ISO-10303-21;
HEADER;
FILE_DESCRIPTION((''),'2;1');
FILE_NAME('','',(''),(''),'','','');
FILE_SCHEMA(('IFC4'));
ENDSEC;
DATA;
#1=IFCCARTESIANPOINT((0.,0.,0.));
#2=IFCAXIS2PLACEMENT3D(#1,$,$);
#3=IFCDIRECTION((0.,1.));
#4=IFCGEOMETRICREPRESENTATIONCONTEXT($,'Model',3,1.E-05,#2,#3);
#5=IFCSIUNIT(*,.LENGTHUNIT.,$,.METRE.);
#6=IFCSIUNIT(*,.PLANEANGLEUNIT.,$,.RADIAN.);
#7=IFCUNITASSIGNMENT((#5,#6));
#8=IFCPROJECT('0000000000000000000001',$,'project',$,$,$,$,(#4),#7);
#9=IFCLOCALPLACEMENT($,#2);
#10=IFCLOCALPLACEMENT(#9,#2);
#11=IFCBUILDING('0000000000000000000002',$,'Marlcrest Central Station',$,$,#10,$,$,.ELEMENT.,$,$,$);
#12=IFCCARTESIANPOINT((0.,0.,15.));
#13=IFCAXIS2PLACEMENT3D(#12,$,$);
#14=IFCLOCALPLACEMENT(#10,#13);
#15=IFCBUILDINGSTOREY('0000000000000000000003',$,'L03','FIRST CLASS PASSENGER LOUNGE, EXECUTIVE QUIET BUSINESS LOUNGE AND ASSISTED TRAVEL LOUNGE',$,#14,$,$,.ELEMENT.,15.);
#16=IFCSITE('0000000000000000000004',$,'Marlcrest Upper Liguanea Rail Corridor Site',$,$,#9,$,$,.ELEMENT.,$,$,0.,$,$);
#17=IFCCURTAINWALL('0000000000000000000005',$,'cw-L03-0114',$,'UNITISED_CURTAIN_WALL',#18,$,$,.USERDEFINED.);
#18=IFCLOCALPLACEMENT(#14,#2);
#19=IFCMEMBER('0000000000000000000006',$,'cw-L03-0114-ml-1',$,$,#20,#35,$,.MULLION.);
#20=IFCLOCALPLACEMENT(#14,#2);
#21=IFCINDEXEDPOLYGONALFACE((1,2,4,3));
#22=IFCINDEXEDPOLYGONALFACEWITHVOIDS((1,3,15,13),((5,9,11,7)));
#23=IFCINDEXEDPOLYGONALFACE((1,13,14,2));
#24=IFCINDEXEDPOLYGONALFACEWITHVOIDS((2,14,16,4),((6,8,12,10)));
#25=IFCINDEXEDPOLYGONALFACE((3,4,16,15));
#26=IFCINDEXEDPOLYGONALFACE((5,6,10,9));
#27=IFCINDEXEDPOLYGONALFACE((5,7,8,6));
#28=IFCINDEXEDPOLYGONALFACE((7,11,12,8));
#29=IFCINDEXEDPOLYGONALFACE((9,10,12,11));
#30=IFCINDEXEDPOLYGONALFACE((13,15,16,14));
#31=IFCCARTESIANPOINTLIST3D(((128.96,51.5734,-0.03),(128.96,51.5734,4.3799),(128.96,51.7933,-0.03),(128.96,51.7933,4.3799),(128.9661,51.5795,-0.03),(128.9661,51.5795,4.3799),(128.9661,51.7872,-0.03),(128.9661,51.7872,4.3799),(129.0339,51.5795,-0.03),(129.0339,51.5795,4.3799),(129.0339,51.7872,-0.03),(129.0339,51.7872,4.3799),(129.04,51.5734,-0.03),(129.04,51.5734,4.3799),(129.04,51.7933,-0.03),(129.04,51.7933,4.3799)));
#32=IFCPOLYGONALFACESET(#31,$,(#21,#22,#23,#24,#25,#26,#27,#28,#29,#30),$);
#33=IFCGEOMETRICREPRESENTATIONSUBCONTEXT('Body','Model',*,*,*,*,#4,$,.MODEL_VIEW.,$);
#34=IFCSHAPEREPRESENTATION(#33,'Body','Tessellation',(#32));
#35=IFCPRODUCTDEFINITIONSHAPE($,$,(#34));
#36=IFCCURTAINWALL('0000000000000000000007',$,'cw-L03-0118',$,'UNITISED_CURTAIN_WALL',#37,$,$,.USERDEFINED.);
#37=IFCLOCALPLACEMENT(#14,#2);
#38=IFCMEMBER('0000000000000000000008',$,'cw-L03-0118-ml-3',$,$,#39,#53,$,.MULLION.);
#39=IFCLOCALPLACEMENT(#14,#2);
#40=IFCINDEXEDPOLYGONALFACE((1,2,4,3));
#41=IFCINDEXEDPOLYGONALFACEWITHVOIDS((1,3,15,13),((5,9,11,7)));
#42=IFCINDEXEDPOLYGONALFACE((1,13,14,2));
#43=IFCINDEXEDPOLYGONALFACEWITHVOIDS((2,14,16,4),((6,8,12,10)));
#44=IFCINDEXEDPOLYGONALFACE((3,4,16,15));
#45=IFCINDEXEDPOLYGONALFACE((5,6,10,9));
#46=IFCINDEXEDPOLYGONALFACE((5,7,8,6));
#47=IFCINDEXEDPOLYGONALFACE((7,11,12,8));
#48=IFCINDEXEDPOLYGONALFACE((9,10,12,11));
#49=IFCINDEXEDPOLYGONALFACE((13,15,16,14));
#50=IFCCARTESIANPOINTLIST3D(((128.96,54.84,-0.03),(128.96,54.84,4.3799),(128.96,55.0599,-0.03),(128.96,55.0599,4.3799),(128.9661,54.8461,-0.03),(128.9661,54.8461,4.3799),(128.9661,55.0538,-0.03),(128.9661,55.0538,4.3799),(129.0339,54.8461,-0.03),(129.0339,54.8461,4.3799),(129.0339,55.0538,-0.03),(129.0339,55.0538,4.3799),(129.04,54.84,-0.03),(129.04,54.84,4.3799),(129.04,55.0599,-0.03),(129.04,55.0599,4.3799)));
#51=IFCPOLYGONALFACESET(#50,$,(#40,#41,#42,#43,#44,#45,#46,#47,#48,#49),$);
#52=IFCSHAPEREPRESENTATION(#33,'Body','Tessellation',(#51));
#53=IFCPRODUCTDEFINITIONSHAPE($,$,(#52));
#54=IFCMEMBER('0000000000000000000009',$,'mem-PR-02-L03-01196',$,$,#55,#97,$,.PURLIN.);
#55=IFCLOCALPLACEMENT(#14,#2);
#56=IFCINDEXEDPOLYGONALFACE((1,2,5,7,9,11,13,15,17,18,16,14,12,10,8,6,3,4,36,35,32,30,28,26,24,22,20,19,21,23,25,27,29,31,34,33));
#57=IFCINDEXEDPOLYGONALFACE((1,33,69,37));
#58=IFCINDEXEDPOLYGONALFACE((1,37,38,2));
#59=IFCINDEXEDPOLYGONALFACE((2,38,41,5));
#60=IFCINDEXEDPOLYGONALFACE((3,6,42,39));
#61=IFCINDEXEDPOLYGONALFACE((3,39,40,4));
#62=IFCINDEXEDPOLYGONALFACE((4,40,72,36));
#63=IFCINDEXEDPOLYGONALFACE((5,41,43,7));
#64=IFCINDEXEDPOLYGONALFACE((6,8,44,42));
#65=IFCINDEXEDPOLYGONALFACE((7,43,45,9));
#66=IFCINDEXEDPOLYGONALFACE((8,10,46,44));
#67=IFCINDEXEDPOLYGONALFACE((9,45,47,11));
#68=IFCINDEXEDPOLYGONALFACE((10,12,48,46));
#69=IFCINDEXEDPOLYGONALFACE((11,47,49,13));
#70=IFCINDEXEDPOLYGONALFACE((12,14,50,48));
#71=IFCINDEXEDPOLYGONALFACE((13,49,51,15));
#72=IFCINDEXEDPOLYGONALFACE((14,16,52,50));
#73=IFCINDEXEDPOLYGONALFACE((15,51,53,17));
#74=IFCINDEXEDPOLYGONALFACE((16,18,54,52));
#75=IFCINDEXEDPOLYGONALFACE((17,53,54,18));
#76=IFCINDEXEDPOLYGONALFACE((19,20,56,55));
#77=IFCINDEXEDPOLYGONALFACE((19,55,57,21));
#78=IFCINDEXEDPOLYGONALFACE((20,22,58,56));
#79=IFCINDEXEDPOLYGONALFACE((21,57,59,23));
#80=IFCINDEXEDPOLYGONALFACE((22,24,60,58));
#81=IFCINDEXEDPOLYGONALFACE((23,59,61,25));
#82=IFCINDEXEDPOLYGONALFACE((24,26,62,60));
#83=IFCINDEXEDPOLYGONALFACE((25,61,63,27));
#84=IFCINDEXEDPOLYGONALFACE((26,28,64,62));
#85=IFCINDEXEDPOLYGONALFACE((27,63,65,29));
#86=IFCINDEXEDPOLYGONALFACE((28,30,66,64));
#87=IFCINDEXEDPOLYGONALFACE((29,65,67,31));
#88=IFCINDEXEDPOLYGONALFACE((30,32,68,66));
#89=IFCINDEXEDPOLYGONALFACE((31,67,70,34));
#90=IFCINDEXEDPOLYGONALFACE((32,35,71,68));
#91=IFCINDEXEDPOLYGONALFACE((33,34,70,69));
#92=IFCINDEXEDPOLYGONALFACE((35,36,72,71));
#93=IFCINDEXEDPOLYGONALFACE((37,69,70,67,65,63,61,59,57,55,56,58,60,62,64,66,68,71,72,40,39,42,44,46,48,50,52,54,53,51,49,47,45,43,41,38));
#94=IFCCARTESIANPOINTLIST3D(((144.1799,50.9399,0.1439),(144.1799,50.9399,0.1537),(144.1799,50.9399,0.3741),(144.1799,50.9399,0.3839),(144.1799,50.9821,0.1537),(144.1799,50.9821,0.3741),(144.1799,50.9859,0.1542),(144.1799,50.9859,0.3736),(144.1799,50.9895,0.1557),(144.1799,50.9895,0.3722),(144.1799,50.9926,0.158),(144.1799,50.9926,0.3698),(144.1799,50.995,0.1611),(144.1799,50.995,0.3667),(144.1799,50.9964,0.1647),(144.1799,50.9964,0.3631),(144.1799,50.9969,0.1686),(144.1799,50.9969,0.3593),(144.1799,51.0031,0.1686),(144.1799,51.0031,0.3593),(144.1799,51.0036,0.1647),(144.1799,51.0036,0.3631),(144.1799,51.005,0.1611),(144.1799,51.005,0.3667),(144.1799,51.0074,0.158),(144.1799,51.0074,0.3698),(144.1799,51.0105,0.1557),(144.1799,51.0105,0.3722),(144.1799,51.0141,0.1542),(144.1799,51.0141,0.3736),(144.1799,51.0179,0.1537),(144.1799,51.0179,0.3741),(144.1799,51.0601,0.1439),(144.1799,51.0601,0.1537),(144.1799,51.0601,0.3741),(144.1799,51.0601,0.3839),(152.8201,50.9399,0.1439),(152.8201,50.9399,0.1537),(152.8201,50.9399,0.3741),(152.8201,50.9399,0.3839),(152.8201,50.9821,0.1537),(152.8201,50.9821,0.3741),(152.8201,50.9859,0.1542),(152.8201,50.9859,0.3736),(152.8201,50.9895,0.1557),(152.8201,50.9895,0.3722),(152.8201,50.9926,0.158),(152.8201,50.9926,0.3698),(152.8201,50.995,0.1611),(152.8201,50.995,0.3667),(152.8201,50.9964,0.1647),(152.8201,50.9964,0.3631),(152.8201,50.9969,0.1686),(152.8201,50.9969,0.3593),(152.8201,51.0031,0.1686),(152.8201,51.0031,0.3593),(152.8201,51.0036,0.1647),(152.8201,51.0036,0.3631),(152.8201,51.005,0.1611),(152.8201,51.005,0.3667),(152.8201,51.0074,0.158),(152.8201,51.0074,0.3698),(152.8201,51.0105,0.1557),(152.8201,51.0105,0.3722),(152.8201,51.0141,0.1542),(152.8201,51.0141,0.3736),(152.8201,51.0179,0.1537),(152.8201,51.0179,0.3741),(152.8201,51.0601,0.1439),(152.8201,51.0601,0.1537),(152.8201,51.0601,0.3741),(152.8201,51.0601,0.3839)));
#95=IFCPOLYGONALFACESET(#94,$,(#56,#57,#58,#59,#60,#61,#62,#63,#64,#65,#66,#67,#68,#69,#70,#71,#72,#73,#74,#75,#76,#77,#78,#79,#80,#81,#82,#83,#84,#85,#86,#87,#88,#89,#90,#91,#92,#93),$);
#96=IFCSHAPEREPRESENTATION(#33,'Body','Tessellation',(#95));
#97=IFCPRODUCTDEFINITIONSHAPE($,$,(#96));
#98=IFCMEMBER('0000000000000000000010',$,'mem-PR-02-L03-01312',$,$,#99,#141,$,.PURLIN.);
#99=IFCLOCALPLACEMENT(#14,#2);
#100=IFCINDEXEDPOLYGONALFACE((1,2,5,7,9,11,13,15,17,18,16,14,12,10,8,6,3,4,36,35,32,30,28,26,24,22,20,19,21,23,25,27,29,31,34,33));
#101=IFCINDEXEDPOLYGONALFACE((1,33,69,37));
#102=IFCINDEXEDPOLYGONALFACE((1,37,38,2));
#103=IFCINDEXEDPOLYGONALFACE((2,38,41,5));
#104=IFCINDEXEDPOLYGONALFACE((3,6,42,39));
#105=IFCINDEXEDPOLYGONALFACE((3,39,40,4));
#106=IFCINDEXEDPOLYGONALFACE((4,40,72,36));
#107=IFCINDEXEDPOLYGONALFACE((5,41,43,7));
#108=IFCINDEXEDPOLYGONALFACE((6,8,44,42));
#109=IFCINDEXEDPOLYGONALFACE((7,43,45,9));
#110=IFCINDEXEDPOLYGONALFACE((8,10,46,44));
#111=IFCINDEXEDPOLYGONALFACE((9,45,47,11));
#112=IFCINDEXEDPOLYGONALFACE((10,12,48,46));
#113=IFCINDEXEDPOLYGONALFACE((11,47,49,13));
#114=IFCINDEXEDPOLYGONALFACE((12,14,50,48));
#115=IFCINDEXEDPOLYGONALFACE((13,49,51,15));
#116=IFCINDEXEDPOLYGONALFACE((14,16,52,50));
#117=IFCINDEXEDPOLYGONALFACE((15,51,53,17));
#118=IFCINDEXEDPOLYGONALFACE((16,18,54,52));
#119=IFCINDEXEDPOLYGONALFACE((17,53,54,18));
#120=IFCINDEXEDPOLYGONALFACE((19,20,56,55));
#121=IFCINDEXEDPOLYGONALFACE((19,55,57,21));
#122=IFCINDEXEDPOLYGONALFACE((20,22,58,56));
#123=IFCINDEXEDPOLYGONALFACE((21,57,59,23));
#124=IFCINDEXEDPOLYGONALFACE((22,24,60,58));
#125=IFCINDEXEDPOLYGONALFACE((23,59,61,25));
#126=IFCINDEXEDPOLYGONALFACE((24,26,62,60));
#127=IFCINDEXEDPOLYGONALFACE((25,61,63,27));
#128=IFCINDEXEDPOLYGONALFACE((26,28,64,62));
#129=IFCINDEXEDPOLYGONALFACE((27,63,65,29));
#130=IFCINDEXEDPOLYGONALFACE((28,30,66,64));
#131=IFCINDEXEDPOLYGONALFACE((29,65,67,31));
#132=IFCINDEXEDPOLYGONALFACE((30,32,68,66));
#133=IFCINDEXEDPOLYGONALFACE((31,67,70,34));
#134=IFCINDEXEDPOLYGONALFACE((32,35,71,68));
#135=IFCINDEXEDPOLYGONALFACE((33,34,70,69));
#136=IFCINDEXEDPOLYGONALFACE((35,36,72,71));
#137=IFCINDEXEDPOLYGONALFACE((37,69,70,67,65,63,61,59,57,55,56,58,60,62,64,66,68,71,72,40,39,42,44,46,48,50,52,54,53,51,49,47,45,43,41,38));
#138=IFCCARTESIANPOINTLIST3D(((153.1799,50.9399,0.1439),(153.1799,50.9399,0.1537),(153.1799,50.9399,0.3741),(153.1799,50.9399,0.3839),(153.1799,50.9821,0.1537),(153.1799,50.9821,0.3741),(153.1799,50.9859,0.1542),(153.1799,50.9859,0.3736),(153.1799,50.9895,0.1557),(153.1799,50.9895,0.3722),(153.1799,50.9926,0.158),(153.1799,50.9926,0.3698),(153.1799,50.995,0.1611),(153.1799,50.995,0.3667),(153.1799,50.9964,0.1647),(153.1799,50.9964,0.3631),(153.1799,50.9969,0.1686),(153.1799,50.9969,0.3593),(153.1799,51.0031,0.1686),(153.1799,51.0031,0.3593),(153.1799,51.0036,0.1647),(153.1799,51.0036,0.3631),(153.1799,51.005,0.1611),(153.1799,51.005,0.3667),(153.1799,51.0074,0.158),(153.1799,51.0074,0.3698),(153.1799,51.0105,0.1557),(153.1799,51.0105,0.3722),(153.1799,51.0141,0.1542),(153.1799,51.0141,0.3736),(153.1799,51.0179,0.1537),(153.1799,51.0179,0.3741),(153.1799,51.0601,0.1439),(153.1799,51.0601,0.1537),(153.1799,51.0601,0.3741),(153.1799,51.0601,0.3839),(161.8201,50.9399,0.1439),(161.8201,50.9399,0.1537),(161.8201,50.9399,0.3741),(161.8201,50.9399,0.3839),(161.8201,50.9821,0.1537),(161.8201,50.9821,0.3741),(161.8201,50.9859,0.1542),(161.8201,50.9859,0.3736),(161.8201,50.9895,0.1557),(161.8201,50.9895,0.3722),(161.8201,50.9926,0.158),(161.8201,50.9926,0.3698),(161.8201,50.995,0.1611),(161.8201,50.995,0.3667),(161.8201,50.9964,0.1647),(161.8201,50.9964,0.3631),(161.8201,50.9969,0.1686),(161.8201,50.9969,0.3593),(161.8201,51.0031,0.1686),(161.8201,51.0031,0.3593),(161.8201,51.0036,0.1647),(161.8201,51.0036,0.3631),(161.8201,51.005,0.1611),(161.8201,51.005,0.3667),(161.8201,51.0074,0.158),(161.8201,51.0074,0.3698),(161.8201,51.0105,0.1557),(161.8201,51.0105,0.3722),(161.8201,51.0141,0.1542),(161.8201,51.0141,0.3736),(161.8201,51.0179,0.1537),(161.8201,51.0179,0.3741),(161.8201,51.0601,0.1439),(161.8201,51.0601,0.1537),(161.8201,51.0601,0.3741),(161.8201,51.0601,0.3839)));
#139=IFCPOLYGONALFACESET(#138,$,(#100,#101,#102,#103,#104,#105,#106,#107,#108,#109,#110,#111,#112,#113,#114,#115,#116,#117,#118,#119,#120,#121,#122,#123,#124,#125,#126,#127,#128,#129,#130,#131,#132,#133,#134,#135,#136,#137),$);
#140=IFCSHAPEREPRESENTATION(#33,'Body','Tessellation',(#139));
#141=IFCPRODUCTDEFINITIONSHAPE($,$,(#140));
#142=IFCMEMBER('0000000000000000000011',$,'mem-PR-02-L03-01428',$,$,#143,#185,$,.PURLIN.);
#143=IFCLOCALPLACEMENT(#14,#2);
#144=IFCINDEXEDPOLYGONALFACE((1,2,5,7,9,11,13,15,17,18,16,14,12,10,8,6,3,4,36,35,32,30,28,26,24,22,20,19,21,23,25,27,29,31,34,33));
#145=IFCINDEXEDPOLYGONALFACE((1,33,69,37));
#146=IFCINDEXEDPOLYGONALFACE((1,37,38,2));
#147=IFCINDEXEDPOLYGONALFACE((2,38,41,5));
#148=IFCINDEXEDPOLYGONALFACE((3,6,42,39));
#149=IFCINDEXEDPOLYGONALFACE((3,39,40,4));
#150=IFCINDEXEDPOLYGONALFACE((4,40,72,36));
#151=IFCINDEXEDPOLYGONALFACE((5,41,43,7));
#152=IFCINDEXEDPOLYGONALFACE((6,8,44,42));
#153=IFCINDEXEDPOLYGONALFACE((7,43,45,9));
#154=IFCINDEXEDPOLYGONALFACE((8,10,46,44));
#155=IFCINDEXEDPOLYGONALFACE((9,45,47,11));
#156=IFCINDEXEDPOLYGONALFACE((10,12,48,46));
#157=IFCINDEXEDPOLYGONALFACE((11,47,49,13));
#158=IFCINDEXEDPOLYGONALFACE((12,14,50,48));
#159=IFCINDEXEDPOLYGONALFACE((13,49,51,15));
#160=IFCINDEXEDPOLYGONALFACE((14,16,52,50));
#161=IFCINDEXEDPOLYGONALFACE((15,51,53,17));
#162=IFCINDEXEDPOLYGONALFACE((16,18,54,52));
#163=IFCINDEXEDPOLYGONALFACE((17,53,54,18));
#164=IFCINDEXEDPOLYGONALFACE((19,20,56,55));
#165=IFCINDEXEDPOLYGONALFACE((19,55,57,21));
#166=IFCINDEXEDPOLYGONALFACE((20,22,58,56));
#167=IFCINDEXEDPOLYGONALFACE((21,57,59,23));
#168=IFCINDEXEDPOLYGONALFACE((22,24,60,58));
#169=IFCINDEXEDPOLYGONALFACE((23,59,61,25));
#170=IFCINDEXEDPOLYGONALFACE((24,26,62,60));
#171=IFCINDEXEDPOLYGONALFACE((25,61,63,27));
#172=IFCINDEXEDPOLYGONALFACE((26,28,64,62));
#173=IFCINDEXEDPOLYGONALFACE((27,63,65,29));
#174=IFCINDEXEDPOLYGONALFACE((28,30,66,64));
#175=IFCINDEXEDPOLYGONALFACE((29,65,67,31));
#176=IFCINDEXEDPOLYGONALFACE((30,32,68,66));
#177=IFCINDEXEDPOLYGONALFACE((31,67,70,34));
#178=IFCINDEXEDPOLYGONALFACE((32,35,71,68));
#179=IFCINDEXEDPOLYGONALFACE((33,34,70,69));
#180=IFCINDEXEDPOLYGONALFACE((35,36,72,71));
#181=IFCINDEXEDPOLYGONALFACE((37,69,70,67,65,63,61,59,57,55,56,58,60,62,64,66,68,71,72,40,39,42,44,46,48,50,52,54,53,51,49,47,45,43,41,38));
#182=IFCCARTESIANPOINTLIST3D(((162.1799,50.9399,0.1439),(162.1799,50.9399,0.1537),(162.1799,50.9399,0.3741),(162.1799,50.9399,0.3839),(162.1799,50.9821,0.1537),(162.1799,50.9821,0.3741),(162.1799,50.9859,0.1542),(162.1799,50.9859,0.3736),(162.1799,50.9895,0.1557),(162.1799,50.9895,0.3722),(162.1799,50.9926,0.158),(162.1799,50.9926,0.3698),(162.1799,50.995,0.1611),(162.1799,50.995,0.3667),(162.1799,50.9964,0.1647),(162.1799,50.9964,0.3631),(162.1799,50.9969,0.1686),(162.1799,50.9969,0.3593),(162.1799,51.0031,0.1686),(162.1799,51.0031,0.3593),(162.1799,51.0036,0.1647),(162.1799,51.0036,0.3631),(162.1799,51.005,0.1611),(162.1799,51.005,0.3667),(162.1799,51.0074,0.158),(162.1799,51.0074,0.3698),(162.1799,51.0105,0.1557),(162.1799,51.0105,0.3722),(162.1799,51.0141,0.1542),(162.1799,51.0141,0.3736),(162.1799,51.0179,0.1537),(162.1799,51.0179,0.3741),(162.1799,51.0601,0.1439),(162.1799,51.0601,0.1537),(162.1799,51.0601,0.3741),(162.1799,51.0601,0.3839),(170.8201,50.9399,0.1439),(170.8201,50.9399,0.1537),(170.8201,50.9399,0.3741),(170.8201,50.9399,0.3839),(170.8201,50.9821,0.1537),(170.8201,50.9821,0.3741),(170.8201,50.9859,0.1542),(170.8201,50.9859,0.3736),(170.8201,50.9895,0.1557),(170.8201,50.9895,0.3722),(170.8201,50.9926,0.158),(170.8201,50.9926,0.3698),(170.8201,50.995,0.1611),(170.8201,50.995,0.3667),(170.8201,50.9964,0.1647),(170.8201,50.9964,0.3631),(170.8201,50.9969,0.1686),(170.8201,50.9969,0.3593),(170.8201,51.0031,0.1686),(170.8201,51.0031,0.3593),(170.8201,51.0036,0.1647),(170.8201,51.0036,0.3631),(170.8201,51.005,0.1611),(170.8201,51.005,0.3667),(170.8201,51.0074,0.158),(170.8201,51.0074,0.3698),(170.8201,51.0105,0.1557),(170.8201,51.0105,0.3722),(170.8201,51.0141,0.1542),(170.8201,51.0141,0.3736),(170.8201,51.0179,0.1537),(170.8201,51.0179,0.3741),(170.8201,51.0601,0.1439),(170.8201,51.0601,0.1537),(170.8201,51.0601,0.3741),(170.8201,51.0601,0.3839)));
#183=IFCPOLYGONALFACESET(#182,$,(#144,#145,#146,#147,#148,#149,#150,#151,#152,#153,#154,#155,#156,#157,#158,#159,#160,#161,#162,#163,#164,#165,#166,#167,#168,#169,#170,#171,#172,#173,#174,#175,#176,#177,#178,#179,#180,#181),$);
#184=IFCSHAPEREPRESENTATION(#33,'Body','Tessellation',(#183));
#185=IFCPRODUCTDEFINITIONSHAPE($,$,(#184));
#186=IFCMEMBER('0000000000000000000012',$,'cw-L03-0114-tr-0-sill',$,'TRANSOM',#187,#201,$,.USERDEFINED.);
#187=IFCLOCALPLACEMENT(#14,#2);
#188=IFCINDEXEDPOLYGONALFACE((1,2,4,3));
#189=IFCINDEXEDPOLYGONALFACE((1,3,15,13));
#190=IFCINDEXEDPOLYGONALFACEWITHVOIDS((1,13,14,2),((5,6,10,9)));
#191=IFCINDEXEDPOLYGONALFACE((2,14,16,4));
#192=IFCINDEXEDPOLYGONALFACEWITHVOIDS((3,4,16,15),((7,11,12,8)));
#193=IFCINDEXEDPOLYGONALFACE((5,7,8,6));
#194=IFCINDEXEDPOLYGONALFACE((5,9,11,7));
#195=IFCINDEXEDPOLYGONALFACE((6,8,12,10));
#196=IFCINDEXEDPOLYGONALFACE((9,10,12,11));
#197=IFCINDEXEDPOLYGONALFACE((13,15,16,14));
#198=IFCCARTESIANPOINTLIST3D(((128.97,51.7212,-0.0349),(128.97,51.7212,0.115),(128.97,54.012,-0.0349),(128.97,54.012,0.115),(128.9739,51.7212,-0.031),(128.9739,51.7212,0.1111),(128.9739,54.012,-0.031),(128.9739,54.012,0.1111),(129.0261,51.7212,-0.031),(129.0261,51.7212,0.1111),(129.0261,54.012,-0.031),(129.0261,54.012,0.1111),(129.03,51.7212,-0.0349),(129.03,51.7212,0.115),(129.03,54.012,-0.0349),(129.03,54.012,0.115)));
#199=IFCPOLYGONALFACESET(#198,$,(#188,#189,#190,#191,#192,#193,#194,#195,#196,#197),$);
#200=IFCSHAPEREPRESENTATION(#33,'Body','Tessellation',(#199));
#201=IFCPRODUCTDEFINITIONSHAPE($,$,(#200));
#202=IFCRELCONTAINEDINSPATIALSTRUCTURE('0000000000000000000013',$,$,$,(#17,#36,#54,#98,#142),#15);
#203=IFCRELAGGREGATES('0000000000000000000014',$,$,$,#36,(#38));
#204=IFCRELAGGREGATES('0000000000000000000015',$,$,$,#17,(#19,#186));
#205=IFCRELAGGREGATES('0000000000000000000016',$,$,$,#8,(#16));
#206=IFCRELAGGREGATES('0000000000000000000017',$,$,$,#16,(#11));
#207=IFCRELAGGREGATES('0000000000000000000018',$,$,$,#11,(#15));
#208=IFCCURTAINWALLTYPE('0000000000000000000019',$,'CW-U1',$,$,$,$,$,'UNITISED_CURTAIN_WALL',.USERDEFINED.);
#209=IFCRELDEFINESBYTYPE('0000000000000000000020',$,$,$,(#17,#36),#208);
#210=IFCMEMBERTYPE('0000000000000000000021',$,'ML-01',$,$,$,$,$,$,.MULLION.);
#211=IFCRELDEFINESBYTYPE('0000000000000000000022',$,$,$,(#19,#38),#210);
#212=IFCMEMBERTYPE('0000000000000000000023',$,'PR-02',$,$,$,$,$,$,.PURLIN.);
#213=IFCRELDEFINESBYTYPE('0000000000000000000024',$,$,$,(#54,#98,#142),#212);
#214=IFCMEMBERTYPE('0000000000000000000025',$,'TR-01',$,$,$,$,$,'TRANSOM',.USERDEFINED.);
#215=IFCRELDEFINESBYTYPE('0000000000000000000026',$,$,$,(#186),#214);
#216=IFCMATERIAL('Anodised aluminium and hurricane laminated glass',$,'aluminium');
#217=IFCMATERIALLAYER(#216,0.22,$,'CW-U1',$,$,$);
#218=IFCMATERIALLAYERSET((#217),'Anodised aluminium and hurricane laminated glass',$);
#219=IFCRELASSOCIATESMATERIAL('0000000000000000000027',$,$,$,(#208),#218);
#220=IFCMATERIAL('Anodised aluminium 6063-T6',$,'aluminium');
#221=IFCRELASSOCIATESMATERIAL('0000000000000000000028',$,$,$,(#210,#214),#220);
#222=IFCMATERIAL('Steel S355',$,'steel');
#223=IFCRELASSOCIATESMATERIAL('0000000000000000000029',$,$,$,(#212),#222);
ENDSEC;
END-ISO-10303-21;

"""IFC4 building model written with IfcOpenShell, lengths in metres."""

from ifc_helpers import new_model, si_unit, direction, frame, origin, origin_2d, place, context, subcontext, project, spatial, hollow_rectangle, i_section, extrude, material, layer, layer_set, material_profile, profile_set, type_object, element, aggregate, save


model = new_model("IFC4")

# Units and contexts
model_context = context("Model", 3, precision=1e-05, world=origin(), true_north=direction((0.0, 1.0)))
body_context = subcontext(model_context, "Body", "Model", "MODEL_VIEW")
ifc_project = project(units=[si_unit("LENGTHUNIT", "METRE"), si_unit("PLANEANGLEUNIT", "RADIAN")], contexts=[model_context])

# Site, building, storey
site_placement = place(None, origin())
site = spatial("IfcSite", under=ifc_project, at=site_placement, Name="Marlcrest Upper Liguanea Rail Corridor Site", CompositionType="ELEMENT", RefElevation=0.0)
building_placement = place(site_placement, origin())
building = spatial("IfcBuilding", under=site, at=building_placement, Name="Marlcrest Central Station", CompositionType="ELEMENT")
storey_placement = place(building_placement, frame((0.0, 0.0, 15.0)))
storey = spatial("IfcBuildingStorey", under=building, at=storey_placement, Name="L03", Description="FIRST CLASS PASSENGER LOUNGE, EXECUTIVE QUIET BUSINESS LOUNGE AND ASSISTED TRAVEL LOUNGE", CompositionType="ELEMENT", Elevation=15.0)

# Shared definitions
ifc_material_1 = material(Name="Steel S355", Category="steel")

# Curtain wall, member
ifc_material_2 = material(Name="Anodised aluminium and hurricane laminated glass", Category="aluminium")
ifc_layer_1 = layer(ifc_material_2, 0.22, Name="CW-U1")
ifc_layer_set_1 = layer_set([ifc_layer_1], Name="Anodised aluminium and hurricane laminated glass")
curtain_wall_type = type_object("IfcCurtainWallType", Name="CW-U1", ElementType="UNITISED_CURTAIN_WALL", PredefinedType="USERDEFINED", material=ifc_layer_set_1)
curtain_wall_1_placement = place(storey_placement, origin())
curtain_wall_1 = element("IfcCurtainWall", 1, at=curtain_wall_1_placement, inside=storey, type_object=curtain_wall_type, Name="cw-L03-0114", ObjectType="UNITISED_CURTAIN_WALL", PredefinedType="USERDEFINED")
ifc_material_3 = material(Name="Anodised aluminium 6063-T6", Category="aluminium")
ifc_material_profile_1 = material_profile(ifc_material_3, hollow_rectangle(XDim=0.0801, YDim=0.22, WallThickness=0.0061, at=origin_2d()), Name="AA-RHS 220x80x6")
ifc_profile_set_1 = profile_set([ifc_material_profile_1], Name="Anodised aluminium 6063-T6")
member_type_1 = type_object("IfcMemberType", Name="ML-01", PredefinedType="MULLION", material=ifc_profile_set_1)
member_1_placement = place(storey_placement, frame((129.0, 51.6833, -0.03), z_axis=(0.0, 0.0, 1.0), x_axis=(1.0, 0.0, 0.0)))
member_1 = element("IfcMember", 2, at=member_1_placement, type_object=member_type_1, Name="cw-L03-0114-ml-1", PredefinedType="MULLION", context=body_context, shape_type="SweptSolid", body=[
    extrude(hollow_rectangle(XDim=0.0801, YDim=0.22, WallThickness=0.0061, at=origin_2d()), origin(), (0.0, 0.0, 1.0), 4.4099),
])

# Curtain wall, member
curtain_wall_2_placement = place(storey_placement, origin())
curtain_wall_2 = element("IfcCurtainWall", 3, at=curtain_wall_2_placement, inside=storey, type_object=curtain_wall_type, Name="cw-L03-0118", ObjectType="UNITISED_CURTAIN_WALL", PredefinedType="USERDEFINED")
member_2_placement = place(storey_placement, frame((129.0, 54.95, -0.03), z_axis=(0.0, 0.0, 1.0), x_axis=(1.0, 0.0, 0.0)))
member_2 = element("IfcMember", 4, at=member_2_placement, type_object=member_type_1, Name="cw-L03-0118-ml-3", PredefinedType="MULLION", context=body_context, shape_type="SweptSolid", body=[
    extrude(hollow_rectangle(XDim=0.0801, YDim=0.22, WallThickness=0.0061, at=origin_2d()), origin(), (0.0, 0.0, 1.0), 4.4099),
])
aggregate(curtain_wall_2, [member_2])

# Members
ifc_material_profile_2 = material_profile(ifc_material_1, i_section(OverallWidth=0.1201, OverallDepth=0.24, WebThickness=0.0061, FlangeThickness=0.0098, FilletRadius=0.0149, at=origin_2d()), Name="IPE 240")
ifc_profile_set_2 = profile_set([ifc_material_profile_2], Name="Steel S355")
member_type_2 = type_object("IfcMemberType", Name="PR-02", PredefinedType="PURLIN", material=ifc_profile_set_2)
for number, where, z_axis, x_axis, name in (
    (5, (144.1799, 51.0, 0.2639), (1.0, 0.0, 0.0), (0.0, 1.0, 0.0), "mem-PR-02-L03-01196"),
    (6, (153.1799, 51.0, 0.2639), (1.0, 0.0, 0.0), (0.0, 1.0, 0.0), "mem-PR-02-L03-01312"),
    (7, (162.1799, 51.0, 0.2639), (1.0, 0.0, 0.0), (0.0, 1.0, 0.0), "mem-PR-02-L03-01428"),
):
    element("IfcMember", number, at=place(storey_placement, frame(where, z_axis=z_axis, x_axis=x_axis)), inside=storey, type_object=member_type_2, Name=name, PredefinedType="PURLIN", context=body_context, shape_type="SweptSolid", body=[
        extrude(i_section(OverallWidth=0.1201, OverallDepth=0.24, WebThickness=0.0061, FlangeThickness=0.0098, FilletRadius=0.0149, at=origin_2d()), origin(), (0.0, 0.0, 1.0), 8.6401),
    ])

# Member
ifc_material_profile_3 = material_profile(ifc_material_3, hollow_rectangle(XDim=0.0601, YDim=0.1499, WallThickness=0.0039, at=origin_2d()), Name="AA-RHS 150x60x4")
ifc_profile_set_3 = profile_set([ifc_material_profile_3], Name="Anodised aluminium 6063-T6")
member_type_3 = type_object("IfcMemberType", Name="TR-01", ElementType="TRANSOM", PredefinedType="USERDEFINED", material=ifc_profile_set_3)
member_3_placement = place(storey_placement, frame((129.0, 54.012, 0.04), z_axis=(0.0, -1.0, 0.0), x_axis=(1.0, 0.0, 0.0)))
member_3 = element("IfcMember", 8, at=member_3_placement, type_object=member_type_3, Name="cw-L03-0114-tr-0-sill", ObjectType="TRANSOM", PredefinedType="USERDEFINED", context=body_context, shape_type="SweptSolid", body=[
    extrude(hollow_rectangle(XDim=0.0601, YDim=0.1499, WallThickness=0.0039, at=origin_2d()), origin(), (0.0, 0.0, 1.0), 2.2908),
])

aggregate(curtain_wall_1, [member_1, member_3])

save(model, "model.ifc")
